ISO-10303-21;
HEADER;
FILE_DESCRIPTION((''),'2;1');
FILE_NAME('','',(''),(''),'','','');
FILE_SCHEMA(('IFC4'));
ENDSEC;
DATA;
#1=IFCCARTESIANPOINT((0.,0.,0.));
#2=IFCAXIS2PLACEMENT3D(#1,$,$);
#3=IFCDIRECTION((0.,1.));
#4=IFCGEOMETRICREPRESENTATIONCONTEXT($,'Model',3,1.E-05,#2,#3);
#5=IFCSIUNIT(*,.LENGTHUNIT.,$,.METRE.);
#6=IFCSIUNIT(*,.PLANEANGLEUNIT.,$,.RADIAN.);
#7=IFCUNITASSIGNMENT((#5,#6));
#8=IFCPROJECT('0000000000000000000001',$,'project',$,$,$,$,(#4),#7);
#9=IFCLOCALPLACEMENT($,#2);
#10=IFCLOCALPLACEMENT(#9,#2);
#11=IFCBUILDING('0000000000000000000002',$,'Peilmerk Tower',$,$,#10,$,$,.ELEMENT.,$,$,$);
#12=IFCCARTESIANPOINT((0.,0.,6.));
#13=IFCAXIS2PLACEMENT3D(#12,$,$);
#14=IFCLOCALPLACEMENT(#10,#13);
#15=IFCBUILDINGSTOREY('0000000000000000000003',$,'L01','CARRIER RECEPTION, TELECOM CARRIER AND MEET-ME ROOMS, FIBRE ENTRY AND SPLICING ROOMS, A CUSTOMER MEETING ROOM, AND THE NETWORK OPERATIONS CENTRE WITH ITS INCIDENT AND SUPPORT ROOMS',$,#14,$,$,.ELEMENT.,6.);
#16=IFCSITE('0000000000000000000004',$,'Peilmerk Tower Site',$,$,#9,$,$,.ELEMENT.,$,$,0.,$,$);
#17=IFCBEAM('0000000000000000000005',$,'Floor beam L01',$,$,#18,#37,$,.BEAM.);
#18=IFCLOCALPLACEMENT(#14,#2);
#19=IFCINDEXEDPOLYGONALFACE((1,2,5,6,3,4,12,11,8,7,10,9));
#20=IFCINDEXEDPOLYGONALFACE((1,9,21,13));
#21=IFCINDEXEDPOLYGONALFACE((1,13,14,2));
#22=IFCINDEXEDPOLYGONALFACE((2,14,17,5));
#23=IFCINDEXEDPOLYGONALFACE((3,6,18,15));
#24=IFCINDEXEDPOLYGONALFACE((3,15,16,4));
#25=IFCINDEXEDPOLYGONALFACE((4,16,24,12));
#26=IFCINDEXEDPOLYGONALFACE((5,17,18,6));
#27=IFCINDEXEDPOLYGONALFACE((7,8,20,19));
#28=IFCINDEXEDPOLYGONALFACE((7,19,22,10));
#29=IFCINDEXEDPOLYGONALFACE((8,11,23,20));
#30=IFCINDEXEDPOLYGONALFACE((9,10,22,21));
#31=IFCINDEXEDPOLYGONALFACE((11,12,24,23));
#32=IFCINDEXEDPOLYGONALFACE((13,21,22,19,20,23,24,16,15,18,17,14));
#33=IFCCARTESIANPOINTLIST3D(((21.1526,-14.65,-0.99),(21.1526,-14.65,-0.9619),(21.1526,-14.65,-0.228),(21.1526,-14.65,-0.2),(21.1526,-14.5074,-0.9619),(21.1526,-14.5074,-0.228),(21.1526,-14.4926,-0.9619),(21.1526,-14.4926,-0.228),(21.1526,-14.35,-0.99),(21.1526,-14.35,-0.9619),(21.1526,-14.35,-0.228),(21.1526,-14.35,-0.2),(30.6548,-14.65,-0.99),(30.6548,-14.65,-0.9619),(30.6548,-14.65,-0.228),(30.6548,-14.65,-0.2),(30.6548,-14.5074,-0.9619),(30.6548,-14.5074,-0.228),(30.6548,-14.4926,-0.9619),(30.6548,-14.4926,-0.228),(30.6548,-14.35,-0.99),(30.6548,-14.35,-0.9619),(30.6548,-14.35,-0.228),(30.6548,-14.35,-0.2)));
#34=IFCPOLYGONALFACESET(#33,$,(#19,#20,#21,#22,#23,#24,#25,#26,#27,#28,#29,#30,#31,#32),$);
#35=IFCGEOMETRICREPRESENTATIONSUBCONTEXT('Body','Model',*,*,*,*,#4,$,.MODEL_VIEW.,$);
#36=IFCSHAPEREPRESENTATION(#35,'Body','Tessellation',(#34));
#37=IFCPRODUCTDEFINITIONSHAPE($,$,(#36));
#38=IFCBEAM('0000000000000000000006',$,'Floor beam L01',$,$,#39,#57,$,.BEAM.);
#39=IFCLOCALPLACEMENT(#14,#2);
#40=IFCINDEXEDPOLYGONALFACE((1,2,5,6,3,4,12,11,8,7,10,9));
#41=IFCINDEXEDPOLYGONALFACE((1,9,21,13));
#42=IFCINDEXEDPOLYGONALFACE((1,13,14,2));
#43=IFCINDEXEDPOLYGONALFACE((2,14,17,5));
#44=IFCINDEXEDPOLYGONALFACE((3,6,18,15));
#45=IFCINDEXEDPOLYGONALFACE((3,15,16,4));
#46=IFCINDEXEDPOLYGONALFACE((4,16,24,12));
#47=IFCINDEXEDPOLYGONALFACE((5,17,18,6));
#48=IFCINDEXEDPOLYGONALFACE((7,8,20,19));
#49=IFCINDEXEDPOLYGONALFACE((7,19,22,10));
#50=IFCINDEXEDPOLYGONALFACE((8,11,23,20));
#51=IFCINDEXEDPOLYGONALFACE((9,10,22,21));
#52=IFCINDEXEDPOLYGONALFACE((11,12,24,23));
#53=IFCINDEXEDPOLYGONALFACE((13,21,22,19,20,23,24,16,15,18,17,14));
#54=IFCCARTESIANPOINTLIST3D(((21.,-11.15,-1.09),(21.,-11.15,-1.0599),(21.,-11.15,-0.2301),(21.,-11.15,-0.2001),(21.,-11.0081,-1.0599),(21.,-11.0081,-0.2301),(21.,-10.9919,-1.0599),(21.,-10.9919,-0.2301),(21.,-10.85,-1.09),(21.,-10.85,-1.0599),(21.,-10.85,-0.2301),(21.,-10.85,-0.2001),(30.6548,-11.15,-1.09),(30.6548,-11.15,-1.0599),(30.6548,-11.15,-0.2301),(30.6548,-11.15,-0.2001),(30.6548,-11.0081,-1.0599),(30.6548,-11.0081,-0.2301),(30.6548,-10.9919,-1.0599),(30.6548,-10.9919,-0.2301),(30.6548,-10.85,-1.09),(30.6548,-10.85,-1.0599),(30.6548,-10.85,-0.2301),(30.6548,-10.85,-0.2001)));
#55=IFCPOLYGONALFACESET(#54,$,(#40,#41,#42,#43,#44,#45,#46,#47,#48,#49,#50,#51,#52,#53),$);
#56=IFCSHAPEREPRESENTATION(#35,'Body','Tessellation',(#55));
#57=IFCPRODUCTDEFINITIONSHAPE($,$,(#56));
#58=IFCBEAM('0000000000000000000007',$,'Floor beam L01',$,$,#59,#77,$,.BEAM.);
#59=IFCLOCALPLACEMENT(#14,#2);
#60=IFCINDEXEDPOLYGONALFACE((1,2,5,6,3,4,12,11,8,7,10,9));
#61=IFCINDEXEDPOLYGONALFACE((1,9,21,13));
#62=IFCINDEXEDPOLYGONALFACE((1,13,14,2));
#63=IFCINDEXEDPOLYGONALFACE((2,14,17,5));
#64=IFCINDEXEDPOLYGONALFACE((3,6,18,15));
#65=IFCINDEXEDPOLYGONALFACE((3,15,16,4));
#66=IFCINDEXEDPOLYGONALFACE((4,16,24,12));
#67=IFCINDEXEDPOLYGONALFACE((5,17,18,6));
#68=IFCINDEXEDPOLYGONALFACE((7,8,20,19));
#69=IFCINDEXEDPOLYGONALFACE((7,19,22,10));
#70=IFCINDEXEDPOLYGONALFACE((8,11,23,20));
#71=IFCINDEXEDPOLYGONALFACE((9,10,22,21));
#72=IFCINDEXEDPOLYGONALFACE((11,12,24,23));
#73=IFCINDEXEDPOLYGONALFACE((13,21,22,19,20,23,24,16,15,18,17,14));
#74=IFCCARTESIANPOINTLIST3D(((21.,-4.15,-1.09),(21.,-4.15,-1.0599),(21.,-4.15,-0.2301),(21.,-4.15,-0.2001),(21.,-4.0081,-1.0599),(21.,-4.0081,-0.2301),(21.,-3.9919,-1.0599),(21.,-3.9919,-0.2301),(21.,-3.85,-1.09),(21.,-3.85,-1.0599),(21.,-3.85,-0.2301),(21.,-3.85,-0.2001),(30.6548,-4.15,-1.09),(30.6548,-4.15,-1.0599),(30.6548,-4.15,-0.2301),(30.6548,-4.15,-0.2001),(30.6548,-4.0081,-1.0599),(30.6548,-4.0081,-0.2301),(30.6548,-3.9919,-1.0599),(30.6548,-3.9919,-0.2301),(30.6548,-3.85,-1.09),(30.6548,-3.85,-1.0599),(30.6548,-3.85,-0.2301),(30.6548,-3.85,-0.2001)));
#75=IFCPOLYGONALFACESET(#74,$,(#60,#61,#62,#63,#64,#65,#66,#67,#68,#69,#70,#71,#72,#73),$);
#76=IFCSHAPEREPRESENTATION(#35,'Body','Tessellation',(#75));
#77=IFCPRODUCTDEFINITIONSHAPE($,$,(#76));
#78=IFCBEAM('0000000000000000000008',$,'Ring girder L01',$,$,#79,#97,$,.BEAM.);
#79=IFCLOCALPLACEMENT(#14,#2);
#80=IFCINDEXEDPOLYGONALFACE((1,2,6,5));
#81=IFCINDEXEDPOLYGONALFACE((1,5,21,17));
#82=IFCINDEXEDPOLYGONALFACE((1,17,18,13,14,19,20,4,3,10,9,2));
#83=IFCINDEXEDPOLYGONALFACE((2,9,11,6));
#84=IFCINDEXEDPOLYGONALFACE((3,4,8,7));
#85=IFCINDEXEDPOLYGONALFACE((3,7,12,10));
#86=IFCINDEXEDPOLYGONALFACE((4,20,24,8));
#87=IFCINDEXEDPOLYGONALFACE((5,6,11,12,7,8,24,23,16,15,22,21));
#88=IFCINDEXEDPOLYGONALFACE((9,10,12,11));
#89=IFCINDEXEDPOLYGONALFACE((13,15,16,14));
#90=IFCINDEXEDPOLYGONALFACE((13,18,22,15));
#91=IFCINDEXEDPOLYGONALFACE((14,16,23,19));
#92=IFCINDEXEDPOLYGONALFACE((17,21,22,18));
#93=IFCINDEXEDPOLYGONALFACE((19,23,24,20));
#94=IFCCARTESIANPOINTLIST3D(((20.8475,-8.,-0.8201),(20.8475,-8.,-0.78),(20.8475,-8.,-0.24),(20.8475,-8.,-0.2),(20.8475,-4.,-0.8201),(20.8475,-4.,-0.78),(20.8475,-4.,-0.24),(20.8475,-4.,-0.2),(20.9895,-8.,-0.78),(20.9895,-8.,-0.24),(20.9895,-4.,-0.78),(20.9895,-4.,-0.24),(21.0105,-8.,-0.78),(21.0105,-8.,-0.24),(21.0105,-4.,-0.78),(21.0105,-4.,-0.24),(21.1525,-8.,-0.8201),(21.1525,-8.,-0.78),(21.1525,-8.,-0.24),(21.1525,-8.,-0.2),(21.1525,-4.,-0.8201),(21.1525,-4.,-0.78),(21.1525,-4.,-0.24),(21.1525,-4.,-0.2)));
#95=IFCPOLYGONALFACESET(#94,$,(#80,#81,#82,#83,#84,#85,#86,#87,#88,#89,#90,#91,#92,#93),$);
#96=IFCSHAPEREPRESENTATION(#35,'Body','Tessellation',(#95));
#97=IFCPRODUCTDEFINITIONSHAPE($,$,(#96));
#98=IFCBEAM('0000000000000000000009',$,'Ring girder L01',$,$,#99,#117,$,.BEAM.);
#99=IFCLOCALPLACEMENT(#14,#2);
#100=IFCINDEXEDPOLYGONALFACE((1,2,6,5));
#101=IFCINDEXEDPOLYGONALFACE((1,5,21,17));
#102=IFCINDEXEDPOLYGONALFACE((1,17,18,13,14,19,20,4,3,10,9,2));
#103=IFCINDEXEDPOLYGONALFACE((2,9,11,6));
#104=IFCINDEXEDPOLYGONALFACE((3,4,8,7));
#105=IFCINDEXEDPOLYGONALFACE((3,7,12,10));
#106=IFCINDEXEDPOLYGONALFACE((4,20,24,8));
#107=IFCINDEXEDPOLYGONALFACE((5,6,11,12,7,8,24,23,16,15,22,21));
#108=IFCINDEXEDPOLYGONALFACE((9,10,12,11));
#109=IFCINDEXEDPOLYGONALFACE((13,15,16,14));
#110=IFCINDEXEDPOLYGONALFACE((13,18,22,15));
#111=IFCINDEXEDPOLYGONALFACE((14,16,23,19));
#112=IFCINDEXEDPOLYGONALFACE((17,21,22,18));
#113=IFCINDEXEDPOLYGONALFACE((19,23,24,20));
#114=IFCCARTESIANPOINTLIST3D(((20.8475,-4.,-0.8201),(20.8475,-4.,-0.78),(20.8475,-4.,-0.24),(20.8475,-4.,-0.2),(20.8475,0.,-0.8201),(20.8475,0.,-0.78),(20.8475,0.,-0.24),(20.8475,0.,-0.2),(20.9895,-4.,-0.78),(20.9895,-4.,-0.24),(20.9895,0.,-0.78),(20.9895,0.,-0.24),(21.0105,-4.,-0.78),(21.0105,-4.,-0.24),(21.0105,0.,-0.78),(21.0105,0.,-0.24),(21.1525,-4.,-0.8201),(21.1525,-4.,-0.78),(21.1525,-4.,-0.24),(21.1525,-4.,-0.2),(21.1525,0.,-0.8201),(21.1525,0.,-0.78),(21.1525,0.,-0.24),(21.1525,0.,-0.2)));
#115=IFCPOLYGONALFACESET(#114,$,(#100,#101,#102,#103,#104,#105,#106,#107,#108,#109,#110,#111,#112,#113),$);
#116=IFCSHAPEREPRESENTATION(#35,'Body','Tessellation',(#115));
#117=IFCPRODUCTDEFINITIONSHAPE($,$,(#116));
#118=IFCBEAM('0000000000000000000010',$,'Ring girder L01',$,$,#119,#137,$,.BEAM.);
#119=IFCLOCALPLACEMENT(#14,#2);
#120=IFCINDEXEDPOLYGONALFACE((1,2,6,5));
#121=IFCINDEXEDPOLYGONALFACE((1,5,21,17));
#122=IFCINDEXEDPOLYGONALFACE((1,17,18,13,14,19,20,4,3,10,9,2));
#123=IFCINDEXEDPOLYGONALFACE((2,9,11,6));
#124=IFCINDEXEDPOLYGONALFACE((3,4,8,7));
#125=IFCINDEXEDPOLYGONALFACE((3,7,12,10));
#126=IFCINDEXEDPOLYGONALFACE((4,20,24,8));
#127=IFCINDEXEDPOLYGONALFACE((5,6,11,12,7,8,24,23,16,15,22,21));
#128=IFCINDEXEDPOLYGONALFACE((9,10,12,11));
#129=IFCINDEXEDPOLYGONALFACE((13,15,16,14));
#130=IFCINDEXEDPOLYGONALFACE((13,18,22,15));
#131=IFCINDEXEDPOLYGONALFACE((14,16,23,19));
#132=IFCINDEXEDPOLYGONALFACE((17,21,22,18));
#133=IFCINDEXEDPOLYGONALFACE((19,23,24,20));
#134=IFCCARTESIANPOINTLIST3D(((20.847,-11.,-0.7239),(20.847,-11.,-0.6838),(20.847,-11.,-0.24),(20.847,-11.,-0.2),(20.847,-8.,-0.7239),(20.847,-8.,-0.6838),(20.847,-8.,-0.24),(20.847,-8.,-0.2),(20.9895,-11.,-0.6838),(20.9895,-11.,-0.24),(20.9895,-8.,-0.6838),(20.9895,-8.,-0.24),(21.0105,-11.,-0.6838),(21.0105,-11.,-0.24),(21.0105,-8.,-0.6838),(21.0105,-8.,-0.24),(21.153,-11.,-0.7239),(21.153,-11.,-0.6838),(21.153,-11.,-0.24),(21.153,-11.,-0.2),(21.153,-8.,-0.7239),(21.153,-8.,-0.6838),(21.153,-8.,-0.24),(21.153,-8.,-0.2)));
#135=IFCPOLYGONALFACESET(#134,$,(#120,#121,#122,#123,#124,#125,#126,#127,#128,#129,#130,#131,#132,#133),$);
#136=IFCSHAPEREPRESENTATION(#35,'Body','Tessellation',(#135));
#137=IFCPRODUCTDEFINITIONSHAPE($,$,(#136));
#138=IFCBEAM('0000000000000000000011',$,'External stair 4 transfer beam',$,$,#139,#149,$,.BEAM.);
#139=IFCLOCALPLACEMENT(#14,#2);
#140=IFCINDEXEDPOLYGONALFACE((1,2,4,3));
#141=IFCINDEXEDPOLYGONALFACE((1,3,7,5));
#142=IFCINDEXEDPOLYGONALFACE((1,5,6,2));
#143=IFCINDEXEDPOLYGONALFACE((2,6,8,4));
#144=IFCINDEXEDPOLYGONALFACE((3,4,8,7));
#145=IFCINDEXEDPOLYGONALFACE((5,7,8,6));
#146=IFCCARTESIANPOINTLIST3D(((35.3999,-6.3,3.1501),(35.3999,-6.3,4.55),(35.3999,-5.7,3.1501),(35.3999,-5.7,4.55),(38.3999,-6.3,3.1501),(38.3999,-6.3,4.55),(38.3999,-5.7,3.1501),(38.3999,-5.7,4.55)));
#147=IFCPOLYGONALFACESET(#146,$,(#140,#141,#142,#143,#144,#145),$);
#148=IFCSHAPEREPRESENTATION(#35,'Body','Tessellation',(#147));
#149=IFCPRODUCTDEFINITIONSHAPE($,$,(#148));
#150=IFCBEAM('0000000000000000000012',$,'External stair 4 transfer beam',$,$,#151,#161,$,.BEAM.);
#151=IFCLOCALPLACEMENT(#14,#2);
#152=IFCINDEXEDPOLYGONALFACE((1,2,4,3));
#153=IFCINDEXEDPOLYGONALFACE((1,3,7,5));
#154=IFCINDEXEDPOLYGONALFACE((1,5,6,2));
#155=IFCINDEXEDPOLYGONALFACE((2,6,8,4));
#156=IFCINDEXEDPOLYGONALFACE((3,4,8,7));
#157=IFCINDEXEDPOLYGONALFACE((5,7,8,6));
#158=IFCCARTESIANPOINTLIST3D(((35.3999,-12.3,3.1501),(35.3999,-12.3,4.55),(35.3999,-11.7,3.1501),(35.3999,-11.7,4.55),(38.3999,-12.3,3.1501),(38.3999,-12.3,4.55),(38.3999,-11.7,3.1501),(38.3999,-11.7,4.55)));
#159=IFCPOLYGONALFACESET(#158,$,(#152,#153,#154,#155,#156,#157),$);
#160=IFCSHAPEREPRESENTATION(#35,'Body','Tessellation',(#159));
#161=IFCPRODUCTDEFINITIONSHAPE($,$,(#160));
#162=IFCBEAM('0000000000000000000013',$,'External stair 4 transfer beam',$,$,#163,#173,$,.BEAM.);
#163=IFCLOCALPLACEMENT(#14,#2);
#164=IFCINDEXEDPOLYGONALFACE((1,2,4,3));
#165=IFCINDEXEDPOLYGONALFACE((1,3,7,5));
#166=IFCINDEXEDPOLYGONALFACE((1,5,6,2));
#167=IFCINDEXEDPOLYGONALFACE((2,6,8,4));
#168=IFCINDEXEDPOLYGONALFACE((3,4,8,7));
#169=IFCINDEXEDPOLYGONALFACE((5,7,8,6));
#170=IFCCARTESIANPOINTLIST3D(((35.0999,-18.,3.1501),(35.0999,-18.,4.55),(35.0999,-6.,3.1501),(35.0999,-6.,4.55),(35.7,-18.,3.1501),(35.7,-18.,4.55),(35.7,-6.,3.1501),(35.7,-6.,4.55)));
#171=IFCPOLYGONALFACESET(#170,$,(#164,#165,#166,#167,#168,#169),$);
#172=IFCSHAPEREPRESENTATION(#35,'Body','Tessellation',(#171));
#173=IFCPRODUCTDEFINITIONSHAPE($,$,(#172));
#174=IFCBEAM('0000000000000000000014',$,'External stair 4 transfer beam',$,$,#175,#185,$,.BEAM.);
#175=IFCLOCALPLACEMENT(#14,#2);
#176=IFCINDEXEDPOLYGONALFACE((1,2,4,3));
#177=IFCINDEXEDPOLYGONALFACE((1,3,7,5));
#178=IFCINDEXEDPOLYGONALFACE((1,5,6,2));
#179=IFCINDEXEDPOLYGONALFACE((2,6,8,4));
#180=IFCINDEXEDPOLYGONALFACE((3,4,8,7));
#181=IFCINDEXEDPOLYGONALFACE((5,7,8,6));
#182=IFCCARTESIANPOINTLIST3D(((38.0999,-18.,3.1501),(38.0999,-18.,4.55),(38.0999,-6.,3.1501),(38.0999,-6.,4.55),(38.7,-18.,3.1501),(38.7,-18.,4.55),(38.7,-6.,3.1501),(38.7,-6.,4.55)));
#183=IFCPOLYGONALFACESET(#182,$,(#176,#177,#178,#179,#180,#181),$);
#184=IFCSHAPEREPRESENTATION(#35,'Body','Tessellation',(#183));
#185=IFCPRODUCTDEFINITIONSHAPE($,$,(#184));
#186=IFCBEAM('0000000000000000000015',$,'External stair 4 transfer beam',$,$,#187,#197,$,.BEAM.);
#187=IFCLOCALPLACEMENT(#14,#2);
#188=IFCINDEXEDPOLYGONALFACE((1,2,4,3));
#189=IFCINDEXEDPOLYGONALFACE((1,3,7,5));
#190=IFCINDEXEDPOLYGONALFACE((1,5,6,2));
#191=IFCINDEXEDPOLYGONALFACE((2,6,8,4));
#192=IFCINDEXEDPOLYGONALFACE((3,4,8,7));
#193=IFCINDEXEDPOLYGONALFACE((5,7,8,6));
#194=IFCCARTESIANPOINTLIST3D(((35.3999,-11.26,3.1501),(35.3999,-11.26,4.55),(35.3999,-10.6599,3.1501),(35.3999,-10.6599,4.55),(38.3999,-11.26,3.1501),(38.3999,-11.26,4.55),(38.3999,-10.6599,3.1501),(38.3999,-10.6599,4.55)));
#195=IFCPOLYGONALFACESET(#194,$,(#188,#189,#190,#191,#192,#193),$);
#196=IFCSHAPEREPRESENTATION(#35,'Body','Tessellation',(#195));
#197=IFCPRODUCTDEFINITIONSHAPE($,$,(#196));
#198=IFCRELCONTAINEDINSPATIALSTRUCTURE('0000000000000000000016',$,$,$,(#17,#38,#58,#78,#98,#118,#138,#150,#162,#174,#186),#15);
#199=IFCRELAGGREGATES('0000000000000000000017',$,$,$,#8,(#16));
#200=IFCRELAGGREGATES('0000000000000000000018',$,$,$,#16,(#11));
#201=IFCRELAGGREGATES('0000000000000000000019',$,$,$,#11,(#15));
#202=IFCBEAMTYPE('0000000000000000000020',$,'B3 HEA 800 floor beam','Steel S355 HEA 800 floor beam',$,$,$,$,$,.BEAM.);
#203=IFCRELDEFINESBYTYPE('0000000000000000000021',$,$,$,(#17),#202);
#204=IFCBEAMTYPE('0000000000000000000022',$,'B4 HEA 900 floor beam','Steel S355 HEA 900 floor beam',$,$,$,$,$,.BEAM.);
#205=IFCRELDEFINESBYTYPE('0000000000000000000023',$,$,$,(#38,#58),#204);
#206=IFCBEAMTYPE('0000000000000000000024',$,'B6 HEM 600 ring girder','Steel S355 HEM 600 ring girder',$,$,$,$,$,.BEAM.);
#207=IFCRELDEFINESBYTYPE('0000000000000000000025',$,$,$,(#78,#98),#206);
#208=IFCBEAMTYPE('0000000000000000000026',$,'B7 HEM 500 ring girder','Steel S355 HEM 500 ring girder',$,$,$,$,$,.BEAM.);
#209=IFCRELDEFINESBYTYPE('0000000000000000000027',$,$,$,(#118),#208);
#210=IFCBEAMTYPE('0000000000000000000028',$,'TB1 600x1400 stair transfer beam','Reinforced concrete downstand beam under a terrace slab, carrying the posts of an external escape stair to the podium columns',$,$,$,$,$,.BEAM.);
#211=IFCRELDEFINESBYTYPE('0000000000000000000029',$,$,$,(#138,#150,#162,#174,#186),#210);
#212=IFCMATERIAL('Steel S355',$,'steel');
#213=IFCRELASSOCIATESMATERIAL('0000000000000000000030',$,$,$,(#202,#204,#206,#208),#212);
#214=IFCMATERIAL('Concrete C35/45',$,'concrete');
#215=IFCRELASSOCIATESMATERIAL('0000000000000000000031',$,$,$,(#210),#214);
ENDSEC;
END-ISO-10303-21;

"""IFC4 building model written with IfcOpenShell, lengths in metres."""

from ifc_helpers import new_model, si_unit, direction, frame, origin, origin_2d, place, context, subcontext, project, spatial, rectangle, i_section, extrude, material, material_profile, profile_set, type_object, element, save


model = new_model("IFC4")

# Units and contexts
model_context = context("Model", 3, precision=1e-05, world=origin(), true_north=direction((0.0, 1.0)))
body_context = subcontext(model_context, "Body", "Model", "MODEL_VIEW")
ifc_project = project(units=[si_unit("LENGTHUNIT", "METRE"), si_unit("PLANEANGLEUNIT", "RADIAN")], contexts=[model_context])

# Site, building, storey
site_placement = place(None, origin())
site = spatial("IfcSite", under=ifc_project, at=site_placement, Name="Peilmerk Tower Site", CompositionType="ELEMENT", RefElevation=0.0)
building_placement = place(site_placement, origin())
building = spatial("IfcBuilding", under=site, at=building_placement, Name="Peilmerk Tower", CompositionType="ELEMENT")
storey_placement = place(building_placement, frame((0.0, 0.0, 6.0)))
storey = spatial("IfcBuildingStorey", under=building, at=storey_placement, Name="L01", Description="CARRIER RECEPTION, TELECOM CARRIER AND MEET-ME ROOMS, FIBRE ENTRY AND SPLICING ROOMS, A CUSTOMER MEETING ROOM, AND THE NETWORK OPERATIONS CENTRE WITH ITS INCIDENT AND SUPPORT ROOMS", CompositionType="ELEMENT", Elevation=6.0)

# Shared definitions
ifc_material_1 = material(Name="Steel S355", Category="steel")

# Beams
ifc_material_profile_1 = material_profile(ifc_material_1, i_section(OverallWidth=0.3, OverallDepth=0.79, WebThickness=0.0149, FlangeThickness=0.0281, at=origin_2d()), Name="HEA 800")
ifc_profile_set_1 = profile_set([ifc_material_profile_1], Name="Steel S355")
beam_type_1 = type_object("IfcBeamType", Name="B3 HEA 800 floor beam", Description="Steel S355 HEA 800 floor beam", PredefinedType="BEAM", material=ifc_profile_set_1)
beam_1_placement = place(storey_placement, frame((21.1526, -14.5, -0.595), z_axis=(1.0, 0.0, 0.0), x_axis=(0.0, 1.0, 0.0)))
element("IfcBeam", 1, at=beam_1_placement, inside=storey, type_object=beam_type_1, Name="Floor beam L01", PredefinedType="BEAM", context=body_context, shape_type="SweptSolid", body=[
    extrude(i_section(OverallWidth=0.3, OverallDepth=0.79, WebThickness=0.0149, FlangeThickness=0.0281, at=origin_2d()), origin(), (0.0, 0.0, 1.0), 9.5022),
])
ifc_material_profile_2 = material_profile(ifc_material_1, i_section(OverallWidth=0.3, OverallDepth=0.8899, WebThickness=0.0161, FlangeThickness=0.03, at=origin_2d()), Name="HEA 900")
ifc_profile_set_2 = profile_set([ifc_material_profile_2], Name="Steel S355")
beam_type_2 = type_object("IfcBeamType", Name="B4 HEA 900 floor beam", Description="Steel S355 HEA 900 floor beam", PredefinedType="BEAM", material=ifc_profile_set_2)
for number, where, z_axis, x_axis, name in (
    (2, (21.0, -11.0, -0.645), (1.0, 0.0, 0.0), (0.0, 1.0, 0.0), "Floor beam L01"),
    (3, (21.0, -4.0, -0.645), (1.0, 0.0, 0.0), (0.0, 1.0, 0.0), "Floor beam L01"),
):
    element("IfcBeam", number, at=place(storey_placement, frame(where, z_axis=z_axis, x_axis=x_axis)), inside=storey, type_object=beam_type_2, Name=name, PredefinedType="BEAM", context=body_context, shape_type="SweptSolid", body=[
        extrude(i_section(OverallWidth=0.3, OverallDepth=0.8899, WebThickness=0.0161, FlangeThickness=0.03, at=origin_2d()), origin(), (0.0, 0.0, 1.0), 9.6548),
    ])
ifc_material_profile_3 = material_profile(ifc_material_1, i_section(OverallWidth=0.3049, OverallDepth=0.6201, WebThickness=0.021, FlangeThickness=0.04, at=origin_2d()), Name="HEM 600")
ifc_profile_set_3 = profile_set([ifc_material_profile_3], Name="Steel S355")
beam_type_3 = type_object("IfcBeamType", Name="B6 HEM 600 ring girder", Description="Steel S355 HEM 600 ring girder", PredefinedType="BEAM", material=ifc_profile_set_3)
for number, where, z_axis, x_axis, name in (
    (4, (21.0, -8.0, -0.51), (0.0, 1.0, 0.0), (-1.0, 0.0, 0.0), "Ring girder L01"),
    (5, (21.0, -4.0, -0.51), (0.0, 1.0, 0.0), (-1.0, 0.0, 0.0), "Ring girder L01"),
):
    element("IfcBeam", number, at=place(storey_placement, frame(where, z_axis=z_axis, x_axis=x_axis)), inside=storey, type_object=beam_type_3, Name=name, PredefinedType="BEAM", context=body_context, shape_type="SweptSolid", body=[
        extrude(i_section(OverallWidth=0.3049, OverallDepth=0.6201, WebThickness=0.021, FlangeThickness=0.04, at=origin_2d()), origin(), (0.0, 0.0, 1.0), 4.0),
    ])
ifc_material_profile_4 = material_profile(ifc_material_1, i_section(OverallWidth=0.3059, OverallDepth=0.5239, WebThickness=0.021, FlangeThickness=0.04, at=origin_2d()), Name="HEM 500")
ifc_profile_set_4 = profile_set([ifc_material_profile_4], Name="Steel S355")
beam_type_4 = type_object("IfcBeamType", Name="B7 HEM 500 ring girder", Description="Steel S355 HEM 500 ring girder", PredefinedType="BEAM", material=ifc_profile_set_4)
beam_2_placement = place(storey_placement, frame((21.0, -11.0, -0.4619), z_axis=(0.0, 1.0, 0.0), x_axis=(-1.0, 0.0, 0.0)))
element("IfcBeam", 6, at=beam_2_placement, inside=storey, type_object=beam_type_4, Name="Ring girder L01", PredefinedType="BEAM", context=body_context, shape_type="SweptSolid", body=[
    extrude(i_section(OverallWidth=0.3059, OverallDepth=0.5239, WebThickness=0.021, FlangeThickness=0.04, at=origin_2d()), origin(), (0.0, 0.0, 1.0), 3.0),
])
ifc_material_2 = material(Name="Concrete C35/45", Category="concrete")
ifc_material_profile_5 = material_profile(ifc_material_2, rectangle(XDim=0.6001, YDim=1.3999, at=origin_2d()), Name="RC 600x1400")
ifc_profile_set_5 = profile_set([ifc_material_profile_5], Name="Concrete C35/45")
beam_type_5 = type_object("IfcBeamType", Name="TB1 600x1400 stair transfer beam", Description="Reinforced concrete downstand beam under a terrace slab, carrying the posts of an external escape stair to the podium columns", PredefinedType="BEAM", material=ifc_profile_set_5)
for number, where, z_axis, x_axis, name in (
    (7, (35.3999, -6.0, 3.8501), (1.0, 0.0, 0.0), (0.0, 1.0, 0.0), "External stair 4 transfer beam"),
    (8, (35.3999, -12.0, 3.8501), (1.0, 0.0, 0.0), (0.0, 1.0, 0.0), "External stair 4 transfer beam"),
):
    element("IfcBeam", number, at=place(storey_placement, frame(where, z_axis=z_axis, x_axis=x_axis)), inside=storey, type_object=beam_type_5, Name=name, PredefinedType="BEAM", context=body_context, shape_type="SweptSolid", body=[
        extrude(rectangle(XDim=0.6001, YDim=1.3999, at=origin_2d()), origin(), (0.0, 0.0, 1.0), 3.0),
    ])
for number, where, z_axis, x_axis, name in (
    (9, (35.3999, -6.0, 3.8501), (0.0, -1.0, 0.0), (1.0, 0.0, 0.0), "External stair 4 transfer beam"),
    (10, (38.3999, -6.0, 3.8501), (0.0, -1.0, 0.0), (1.0, 0.0, 0.0), "External stair 4 transfer beam"),
):
    element("IfcBeam", number, at=place(storey_placement, frame(where, z_axis=z_axis, x_axis=x_axis)), inside=storey, type_object=beam_type_5, Name=name, PredefinedType="BEAM", context=body_context, shape_type="SweptSolid", body=[
        extrude(rectangle(XDim=0.6001, YDim=1.3999, at=origin_2d()), origin(), (0.0, 0.0, 1.0), 12.0),
    ])
for number, where, z_axis, x_axis, name in (
    (11, (35.3999, -10.96, 3.8501), (1.0, 0.0, 0.0), (0.0, 1.0, 0.0), "External stair 4 transfer beam"),
):
    element("IfcBeam", number, at=place(storey_placement, frame(where, z_axis=z_axis, x_axis=x_axis)), inside=storey, type_object=beam_type_5, Name=name, PredefinedType="BEAM", context=body_context, shape_type="SweptSolid", body=[
        extrude(rectangle(XDim=0.6001, YDim=1.3999, at=origin_2d()), origin(), (0.0, 0.0, 1.0), 3.0),
    ])

save(model, "model.ifc")
